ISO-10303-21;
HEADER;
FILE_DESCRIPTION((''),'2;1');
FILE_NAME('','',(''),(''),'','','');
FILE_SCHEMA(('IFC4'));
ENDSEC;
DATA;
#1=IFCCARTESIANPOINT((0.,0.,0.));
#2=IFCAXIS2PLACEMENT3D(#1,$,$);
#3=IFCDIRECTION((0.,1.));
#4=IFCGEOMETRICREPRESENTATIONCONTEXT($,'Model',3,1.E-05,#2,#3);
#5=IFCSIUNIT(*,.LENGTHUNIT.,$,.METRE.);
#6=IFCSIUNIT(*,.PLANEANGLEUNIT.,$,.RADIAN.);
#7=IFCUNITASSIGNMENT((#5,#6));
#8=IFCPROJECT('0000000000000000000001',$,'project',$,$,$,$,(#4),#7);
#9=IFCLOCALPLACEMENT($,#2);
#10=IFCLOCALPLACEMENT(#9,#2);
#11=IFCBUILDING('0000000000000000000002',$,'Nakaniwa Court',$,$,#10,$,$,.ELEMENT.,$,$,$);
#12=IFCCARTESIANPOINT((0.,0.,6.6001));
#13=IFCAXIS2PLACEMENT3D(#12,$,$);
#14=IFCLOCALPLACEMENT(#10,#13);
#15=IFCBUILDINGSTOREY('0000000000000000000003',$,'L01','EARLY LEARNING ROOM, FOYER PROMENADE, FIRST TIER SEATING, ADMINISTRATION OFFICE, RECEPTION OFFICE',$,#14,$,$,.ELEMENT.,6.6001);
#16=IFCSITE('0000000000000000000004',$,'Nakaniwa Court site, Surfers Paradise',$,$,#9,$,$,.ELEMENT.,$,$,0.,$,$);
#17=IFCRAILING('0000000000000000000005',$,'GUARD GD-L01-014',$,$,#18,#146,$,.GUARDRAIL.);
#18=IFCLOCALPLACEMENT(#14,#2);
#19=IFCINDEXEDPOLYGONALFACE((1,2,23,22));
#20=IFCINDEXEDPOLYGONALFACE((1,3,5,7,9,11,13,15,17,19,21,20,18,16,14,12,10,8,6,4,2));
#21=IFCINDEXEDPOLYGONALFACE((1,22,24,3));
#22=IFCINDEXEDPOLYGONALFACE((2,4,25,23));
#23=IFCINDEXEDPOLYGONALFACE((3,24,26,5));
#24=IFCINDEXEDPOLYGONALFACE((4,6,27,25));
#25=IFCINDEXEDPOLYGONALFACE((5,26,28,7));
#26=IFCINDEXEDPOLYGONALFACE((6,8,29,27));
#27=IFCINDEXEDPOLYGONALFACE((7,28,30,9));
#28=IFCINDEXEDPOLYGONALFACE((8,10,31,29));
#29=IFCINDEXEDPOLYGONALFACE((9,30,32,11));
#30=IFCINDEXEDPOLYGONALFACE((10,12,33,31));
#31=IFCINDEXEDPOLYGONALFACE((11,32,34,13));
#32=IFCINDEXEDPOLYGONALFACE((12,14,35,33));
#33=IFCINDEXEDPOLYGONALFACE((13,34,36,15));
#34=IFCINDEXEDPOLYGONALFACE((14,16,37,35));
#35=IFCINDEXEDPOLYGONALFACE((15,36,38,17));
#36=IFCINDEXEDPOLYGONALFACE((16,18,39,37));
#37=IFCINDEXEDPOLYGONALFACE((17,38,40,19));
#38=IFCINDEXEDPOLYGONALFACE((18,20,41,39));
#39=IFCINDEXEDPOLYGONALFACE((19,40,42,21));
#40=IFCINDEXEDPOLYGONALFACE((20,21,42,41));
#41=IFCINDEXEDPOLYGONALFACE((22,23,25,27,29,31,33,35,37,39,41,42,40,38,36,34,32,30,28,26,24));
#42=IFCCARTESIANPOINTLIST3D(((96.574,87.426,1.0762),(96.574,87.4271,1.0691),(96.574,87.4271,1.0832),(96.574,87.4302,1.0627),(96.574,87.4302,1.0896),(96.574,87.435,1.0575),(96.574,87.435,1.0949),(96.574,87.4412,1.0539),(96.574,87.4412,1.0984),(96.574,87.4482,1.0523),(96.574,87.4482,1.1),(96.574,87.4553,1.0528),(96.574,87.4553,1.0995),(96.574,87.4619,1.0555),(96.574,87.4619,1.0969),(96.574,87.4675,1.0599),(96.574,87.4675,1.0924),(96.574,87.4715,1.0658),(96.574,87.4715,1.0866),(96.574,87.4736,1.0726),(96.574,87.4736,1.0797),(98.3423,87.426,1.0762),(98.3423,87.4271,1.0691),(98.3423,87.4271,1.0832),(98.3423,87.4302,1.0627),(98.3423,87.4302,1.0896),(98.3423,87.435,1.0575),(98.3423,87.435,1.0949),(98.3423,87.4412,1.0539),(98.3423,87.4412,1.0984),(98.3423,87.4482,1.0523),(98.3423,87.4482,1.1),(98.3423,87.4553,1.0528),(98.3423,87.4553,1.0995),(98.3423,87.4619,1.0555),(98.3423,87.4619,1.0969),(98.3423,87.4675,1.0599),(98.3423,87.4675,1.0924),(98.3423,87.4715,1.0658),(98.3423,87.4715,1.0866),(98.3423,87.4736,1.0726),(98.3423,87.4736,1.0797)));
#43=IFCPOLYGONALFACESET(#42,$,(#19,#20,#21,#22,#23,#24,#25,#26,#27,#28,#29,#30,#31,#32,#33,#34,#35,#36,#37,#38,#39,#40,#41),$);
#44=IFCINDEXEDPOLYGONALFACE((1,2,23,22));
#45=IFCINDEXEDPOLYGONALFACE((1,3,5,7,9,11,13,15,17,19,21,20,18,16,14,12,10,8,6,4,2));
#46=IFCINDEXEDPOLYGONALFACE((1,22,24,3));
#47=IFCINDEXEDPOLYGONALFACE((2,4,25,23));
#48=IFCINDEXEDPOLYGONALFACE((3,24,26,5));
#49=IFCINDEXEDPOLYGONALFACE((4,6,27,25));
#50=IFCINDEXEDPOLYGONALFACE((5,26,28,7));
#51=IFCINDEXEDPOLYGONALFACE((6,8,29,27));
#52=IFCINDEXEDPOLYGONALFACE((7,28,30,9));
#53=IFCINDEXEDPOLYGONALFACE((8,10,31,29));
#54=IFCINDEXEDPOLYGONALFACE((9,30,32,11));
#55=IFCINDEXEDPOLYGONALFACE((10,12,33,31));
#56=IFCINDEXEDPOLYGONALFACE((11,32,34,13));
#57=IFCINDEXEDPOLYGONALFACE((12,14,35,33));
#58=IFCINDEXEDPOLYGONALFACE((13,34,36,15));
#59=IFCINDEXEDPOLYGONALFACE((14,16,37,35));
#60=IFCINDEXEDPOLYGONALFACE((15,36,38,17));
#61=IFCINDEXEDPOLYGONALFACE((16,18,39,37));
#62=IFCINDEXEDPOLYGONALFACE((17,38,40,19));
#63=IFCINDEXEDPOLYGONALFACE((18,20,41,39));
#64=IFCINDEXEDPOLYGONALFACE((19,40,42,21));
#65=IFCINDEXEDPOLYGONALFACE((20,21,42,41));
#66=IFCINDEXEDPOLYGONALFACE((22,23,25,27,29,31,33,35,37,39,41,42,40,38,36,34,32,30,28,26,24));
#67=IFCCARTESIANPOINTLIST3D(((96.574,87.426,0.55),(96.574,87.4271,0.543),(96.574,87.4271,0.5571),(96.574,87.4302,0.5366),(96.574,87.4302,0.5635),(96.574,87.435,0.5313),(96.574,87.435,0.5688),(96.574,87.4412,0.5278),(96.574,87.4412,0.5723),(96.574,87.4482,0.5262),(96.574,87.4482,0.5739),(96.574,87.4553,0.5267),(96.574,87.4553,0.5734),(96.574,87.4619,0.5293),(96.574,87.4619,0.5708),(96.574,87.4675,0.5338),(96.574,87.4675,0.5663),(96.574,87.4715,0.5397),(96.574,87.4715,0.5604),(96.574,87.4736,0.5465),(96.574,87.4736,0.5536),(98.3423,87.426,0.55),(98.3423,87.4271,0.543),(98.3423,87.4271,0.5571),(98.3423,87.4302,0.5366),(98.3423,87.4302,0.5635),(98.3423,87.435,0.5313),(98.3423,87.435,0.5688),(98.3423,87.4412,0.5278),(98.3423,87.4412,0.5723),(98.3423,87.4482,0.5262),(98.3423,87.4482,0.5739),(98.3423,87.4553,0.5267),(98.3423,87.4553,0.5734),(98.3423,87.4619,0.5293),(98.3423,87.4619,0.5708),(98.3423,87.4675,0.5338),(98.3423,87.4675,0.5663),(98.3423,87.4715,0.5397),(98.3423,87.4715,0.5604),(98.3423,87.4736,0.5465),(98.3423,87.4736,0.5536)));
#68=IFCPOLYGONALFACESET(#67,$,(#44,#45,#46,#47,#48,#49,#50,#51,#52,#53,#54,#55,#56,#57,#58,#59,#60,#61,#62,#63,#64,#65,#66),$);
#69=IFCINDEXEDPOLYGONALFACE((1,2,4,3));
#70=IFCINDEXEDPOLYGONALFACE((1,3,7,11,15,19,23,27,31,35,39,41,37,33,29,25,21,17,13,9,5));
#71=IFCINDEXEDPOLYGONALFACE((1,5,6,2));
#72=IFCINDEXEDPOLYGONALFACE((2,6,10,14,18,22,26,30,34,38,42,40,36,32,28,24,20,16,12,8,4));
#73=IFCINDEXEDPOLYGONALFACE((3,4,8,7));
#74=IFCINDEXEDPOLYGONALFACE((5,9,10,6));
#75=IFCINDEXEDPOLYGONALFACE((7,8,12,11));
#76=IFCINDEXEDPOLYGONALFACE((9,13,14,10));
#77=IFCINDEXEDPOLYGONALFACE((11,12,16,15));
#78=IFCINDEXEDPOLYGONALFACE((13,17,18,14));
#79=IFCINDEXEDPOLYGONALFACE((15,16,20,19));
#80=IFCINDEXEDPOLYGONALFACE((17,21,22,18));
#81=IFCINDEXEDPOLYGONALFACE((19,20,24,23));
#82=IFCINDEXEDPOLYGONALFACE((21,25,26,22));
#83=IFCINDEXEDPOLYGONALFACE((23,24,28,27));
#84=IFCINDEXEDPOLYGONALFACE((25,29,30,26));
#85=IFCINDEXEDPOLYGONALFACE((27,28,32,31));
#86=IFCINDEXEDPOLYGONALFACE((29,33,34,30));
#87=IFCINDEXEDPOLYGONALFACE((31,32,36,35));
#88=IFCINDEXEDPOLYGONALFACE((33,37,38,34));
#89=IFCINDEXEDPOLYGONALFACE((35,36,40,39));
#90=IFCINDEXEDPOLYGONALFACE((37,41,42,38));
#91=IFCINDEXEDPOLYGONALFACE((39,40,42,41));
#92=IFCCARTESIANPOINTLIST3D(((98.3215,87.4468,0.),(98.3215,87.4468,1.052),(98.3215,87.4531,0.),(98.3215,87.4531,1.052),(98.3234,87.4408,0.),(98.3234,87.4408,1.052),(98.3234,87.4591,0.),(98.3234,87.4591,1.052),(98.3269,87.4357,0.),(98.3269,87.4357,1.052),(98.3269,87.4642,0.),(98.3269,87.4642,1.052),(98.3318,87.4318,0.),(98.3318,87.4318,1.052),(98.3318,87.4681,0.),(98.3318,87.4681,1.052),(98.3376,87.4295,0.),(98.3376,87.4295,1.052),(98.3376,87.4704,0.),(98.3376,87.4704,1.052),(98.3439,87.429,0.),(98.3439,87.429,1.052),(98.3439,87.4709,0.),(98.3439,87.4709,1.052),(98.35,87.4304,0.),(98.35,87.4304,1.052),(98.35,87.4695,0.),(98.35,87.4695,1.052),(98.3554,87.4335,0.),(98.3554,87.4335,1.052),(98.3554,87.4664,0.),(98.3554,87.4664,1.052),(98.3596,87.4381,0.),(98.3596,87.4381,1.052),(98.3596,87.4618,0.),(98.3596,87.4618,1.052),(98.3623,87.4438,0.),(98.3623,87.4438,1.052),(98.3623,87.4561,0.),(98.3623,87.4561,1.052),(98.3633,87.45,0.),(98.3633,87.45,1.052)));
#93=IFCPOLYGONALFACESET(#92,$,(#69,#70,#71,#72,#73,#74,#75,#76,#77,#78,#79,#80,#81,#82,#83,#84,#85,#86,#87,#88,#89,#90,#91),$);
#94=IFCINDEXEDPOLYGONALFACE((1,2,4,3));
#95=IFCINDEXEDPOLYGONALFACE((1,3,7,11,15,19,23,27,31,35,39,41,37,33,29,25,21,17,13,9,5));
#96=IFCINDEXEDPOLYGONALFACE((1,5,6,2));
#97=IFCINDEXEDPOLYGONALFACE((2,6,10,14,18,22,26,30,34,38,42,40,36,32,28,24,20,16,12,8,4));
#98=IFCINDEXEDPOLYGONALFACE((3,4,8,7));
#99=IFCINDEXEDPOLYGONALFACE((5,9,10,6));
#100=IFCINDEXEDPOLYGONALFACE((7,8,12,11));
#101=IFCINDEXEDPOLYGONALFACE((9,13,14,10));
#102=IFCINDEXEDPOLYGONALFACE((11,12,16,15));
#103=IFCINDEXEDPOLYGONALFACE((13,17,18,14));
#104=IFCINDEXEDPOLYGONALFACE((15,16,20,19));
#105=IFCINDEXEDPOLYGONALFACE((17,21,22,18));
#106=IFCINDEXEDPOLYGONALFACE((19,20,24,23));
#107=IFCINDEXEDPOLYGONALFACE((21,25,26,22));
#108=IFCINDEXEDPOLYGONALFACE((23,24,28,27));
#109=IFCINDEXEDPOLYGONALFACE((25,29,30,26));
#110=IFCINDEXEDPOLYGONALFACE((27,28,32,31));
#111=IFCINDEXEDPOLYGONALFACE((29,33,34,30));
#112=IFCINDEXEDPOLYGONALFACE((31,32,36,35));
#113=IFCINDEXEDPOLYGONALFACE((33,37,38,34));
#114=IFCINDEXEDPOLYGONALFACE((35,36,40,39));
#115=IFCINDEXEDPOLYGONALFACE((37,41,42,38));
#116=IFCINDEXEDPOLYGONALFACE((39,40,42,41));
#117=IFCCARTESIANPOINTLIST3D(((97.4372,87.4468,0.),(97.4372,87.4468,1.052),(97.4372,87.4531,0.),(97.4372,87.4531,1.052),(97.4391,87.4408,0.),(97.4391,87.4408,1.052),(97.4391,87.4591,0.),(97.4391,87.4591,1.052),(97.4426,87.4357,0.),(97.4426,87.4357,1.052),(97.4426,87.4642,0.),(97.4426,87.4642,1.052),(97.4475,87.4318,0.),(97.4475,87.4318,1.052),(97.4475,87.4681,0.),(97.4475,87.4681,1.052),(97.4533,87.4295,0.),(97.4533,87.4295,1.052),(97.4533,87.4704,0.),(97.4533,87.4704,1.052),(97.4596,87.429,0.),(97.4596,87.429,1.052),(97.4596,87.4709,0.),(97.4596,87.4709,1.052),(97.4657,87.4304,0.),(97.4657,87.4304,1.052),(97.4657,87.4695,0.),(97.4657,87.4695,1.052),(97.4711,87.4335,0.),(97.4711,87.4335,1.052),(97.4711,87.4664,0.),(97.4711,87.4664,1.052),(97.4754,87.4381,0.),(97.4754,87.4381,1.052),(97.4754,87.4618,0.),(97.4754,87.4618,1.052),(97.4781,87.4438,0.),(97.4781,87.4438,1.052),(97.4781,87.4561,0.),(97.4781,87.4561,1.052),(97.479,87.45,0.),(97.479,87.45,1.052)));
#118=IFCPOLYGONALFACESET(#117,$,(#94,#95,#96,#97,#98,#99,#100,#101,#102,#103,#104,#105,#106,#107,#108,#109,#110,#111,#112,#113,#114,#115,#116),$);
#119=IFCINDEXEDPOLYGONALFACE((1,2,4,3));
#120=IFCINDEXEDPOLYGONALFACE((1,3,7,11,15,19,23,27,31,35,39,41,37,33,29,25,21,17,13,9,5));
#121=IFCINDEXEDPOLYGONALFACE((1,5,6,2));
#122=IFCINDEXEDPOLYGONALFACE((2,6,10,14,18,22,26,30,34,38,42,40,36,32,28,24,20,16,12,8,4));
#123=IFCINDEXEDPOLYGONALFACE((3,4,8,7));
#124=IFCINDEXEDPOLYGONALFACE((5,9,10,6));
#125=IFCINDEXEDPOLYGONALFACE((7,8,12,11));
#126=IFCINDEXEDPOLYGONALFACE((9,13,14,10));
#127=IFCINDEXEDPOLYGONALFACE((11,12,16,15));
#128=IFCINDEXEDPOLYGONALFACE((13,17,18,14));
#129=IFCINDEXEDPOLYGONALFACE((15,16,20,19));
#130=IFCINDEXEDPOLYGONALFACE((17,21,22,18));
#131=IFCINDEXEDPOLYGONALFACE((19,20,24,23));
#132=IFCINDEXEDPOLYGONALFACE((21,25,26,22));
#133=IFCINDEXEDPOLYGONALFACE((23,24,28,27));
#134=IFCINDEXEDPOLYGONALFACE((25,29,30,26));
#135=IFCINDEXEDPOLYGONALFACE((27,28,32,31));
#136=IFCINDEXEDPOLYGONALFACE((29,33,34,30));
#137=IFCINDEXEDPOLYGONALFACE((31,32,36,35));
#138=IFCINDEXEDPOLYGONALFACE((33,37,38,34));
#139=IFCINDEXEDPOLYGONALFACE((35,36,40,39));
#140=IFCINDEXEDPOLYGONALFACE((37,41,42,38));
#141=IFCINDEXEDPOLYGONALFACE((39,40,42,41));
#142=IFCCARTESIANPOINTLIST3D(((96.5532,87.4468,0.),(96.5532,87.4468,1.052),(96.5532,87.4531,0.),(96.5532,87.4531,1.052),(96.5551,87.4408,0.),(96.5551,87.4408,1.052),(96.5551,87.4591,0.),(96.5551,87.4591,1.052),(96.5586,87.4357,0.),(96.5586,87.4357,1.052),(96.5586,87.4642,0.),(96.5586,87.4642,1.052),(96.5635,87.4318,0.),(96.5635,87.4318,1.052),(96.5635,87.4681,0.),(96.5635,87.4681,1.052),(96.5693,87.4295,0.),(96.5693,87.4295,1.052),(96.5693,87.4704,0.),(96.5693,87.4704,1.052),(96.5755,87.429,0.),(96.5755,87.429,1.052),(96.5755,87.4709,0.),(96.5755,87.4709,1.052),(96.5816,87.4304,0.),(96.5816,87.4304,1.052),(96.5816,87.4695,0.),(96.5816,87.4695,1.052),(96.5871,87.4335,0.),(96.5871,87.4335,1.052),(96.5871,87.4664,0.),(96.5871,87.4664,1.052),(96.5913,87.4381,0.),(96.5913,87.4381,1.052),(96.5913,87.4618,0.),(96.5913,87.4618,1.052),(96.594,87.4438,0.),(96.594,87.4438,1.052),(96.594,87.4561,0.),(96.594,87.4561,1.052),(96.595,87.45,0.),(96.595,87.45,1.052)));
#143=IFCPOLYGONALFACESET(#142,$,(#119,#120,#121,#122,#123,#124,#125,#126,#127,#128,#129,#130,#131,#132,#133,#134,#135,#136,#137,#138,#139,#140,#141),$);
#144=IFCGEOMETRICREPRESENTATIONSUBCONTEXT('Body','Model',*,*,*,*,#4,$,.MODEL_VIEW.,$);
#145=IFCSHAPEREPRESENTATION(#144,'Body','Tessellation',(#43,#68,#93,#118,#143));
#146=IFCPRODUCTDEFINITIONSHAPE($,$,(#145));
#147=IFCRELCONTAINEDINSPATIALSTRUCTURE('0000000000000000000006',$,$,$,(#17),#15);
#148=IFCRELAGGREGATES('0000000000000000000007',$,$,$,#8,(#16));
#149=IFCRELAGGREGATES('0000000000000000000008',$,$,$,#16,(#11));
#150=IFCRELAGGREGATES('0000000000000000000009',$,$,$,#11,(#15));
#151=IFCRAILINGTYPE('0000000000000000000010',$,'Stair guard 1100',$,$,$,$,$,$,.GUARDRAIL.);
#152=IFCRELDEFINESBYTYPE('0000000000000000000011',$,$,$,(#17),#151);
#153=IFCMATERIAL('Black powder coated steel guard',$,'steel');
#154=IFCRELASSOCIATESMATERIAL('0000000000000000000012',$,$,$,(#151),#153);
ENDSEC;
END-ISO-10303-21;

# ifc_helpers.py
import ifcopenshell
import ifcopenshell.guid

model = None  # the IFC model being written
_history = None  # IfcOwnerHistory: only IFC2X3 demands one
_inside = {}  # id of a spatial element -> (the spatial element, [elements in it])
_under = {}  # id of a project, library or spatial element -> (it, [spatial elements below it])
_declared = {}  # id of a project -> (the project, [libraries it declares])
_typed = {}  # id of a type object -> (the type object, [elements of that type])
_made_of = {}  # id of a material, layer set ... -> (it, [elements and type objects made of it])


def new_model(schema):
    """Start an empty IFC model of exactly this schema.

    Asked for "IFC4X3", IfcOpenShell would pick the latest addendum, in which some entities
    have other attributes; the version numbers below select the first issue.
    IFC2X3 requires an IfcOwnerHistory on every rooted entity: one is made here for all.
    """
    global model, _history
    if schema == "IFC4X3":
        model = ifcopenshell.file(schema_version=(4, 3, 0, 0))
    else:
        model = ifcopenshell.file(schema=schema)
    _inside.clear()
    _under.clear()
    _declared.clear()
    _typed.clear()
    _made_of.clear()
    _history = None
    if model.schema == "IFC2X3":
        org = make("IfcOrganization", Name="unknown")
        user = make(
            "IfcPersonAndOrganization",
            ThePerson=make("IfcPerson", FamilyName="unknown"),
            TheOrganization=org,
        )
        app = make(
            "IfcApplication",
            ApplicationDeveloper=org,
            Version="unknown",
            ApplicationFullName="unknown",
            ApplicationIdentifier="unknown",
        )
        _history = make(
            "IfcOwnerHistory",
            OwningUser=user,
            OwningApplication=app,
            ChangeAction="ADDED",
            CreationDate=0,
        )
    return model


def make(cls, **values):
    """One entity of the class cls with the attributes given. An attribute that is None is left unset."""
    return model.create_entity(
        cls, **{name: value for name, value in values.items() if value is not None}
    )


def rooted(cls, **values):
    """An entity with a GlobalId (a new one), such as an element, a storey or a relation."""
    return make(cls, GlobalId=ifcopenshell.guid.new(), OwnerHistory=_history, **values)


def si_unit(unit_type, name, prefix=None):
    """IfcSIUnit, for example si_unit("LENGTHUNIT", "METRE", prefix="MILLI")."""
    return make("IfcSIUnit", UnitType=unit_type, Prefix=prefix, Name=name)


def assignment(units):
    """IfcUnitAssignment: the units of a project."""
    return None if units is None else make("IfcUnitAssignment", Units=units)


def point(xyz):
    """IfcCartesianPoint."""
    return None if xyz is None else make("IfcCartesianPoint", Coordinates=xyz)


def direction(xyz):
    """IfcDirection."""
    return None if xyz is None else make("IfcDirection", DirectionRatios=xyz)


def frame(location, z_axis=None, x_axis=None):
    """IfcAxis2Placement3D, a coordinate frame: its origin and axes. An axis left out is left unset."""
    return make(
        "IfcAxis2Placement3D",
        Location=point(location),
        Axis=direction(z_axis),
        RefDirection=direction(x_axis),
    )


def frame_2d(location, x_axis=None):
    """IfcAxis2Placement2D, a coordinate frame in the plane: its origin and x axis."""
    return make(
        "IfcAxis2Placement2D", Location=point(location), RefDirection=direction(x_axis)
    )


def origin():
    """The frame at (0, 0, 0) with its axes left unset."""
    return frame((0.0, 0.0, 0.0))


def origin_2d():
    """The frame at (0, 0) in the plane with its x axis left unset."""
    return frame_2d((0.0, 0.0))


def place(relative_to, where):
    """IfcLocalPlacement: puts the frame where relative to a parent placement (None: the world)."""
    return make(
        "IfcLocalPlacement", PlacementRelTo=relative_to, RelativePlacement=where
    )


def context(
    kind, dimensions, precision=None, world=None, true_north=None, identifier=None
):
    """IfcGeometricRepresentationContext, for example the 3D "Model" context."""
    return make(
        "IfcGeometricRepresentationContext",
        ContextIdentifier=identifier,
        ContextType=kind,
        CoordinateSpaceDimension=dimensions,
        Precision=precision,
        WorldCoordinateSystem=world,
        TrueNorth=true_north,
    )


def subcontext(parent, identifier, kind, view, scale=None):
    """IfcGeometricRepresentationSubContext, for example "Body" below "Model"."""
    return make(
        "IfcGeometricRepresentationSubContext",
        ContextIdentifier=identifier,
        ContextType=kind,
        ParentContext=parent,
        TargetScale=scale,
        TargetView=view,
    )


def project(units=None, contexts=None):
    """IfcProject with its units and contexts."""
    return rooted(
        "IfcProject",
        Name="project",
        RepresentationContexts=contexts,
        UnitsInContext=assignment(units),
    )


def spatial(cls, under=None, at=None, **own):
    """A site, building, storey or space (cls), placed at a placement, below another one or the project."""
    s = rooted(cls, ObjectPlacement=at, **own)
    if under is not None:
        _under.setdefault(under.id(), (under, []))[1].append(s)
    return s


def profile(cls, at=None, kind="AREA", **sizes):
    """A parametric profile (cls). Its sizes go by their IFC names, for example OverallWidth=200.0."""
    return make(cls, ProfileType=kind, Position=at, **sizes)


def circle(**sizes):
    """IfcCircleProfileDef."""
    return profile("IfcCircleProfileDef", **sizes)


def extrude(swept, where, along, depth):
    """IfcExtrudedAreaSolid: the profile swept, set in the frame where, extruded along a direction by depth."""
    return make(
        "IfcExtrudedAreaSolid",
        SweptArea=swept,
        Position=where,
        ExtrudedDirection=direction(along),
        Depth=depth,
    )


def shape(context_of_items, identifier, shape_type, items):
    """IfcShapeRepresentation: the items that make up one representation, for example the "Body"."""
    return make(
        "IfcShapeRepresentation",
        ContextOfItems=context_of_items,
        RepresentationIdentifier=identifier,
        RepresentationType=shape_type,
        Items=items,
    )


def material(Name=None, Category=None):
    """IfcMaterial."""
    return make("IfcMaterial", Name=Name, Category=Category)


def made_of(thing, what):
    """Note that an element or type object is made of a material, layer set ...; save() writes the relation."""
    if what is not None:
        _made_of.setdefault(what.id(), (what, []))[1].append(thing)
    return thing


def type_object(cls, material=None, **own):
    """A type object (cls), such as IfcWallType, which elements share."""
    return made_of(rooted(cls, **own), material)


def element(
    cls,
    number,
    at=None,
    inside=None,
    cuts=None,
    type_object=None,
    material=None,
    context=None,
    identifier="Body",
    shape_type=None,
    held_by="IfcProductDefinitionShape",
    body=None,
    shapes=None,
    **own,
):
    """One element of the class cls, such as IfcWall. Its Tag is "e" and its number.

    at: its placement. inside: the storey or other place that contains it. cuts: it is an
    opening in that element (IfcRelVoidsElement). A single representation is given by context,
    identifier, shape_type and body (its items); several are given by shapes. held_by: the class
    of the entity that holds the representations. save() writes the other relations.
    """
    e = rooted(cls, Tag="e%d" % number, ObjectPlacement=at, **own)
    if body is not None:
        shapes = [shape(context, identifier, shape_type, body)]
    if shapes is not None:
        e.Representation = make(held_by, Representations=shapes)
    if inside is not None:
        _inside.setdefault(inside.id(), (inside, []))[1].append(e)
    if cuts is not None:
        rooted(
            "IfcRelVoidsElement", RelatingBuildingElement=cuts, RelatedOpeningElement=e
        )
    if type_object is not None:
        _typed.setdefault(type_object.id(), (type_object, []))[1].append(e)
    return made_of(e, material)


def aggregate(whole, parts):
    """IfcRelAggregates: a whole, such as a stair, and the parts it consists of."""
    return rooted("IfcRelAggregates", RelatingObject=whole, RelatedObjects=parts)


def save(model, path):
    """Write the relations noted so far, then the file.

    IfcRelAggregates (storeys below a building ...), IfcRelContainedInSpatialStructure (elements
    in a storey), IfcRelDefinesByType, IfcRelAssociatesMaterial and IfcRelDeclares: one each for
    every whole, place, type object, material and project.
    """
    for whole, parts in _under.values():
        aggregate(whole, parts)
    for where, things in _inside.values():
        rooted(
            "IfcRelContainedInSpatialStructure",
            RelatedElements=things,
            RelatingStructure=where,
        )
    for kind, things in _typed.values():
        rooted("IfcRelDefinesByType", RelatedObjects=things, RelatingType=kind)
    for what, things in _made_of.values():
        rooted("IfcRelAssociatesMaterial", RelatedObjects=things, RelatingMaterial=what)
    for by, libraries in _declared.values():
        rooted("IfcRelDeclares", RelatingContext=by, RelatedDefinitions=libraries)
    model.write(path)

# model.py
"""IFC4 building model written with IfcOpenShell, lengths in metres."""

from ifc_helpers import new_model, si_unit, direction, frame, origin, origin_2d, place, context, subcontext, project, spatial, circle, extrude, material, type_object, element, save


model = new_model("IFC4")

# Units and contexts
model_context = context("Model", 3, precision=1e-05, world=origin(), true_north=direction((0.0, 1.0)))
body_context = subcontext(model_context, "Body", "Model", "MODEL_VIEW")
ifc_project = project(units=[si_unit("LENGTHUNIT", "METRE"), si_unit("PLANEANGLEUNIT", "RADIAN")], contexts=[model_context])

# Site, building, storey
site_placement = place(None, origin())
site = spatial("IfcSite", under=ifc_project, at=site_placement, Name="Nakaniwa Court site, Surfers Paradise", CompositionType="ELEMENT", RefElevation=0.0)
building_placement = place(site_placement, origin())
building = spatial("IfcBuilding", under=site, at=building_placement, Name="Nakaniwa Court", CompositionType="ELEMENT")
storey_placement = place(building_placement, frame((0.0, 0.0, 6.6001)))
storey = spatial("IfcBuildingStorey", under=building, at=storey_placement, Name="L01", Description="EARLY LEARNING ROOM, FOYER PROMENADE, FIRST TIER SEATING, ADMINISTRATION OFFICE, RECEPTION OFFICE", CompositionType="ELEMENT", Elevation=6.6001)

# Railing
ifc_material_1 = material(Name="Black powder coated steel guard", Category="steel")
railing_type = type_object("IfcRailingType", Name="Stair guard 1100", PredefinedType="GUARDRAIL", material=ifc_material_1)
railing_1_placement = place(storey_placement, frame((98.3423, 87.45, 0.0)))
element("IfcRailing", 1, at=railing_1_placement, inside=storey, type_object=railing_type, Name="GUARD GD-L01-014", PredefinedType="GUARDRAIL", context=body_context, shape_type="SweptSolid", body=[
    extrude(circle(Radius=0.0239, at=origin_2d()), frame((0.0, 0.0, 1.0762), z_axis=(-1.0, 0.0, 0.0), x_axis=(0.0, -1.0, 0.0)), (0.0, 0.0, 1.0), 1.7683),
    extrude(circle(Radius=0.0239, at=origin_2d()), frame((0.0, 0.0, 0.55), z_axis=(-1.0, 0.0, 0.0), x_axis=(0.0, -1.0, 0.0)), (0.0, 0.0, 1.0), 1.7683),
    extrude(circle(Radius=0.021, at=origin_2d()), origin(), (0.0, 0.0, 1.0), 1.052),
    extrude(circle(Radius=0.021, at=origin_2d()), frame((-0.8843, 0.0, 0.0)), (0.0, 0.0, 1.0), 1.052),
    extrude(circle(Radius=0.021, at=origin_2d()), frame((-1.7683, 0.0, 0.0)), (0.0, 0.0, 1.0), 1.052),
])

save(model, "model.ifc")
